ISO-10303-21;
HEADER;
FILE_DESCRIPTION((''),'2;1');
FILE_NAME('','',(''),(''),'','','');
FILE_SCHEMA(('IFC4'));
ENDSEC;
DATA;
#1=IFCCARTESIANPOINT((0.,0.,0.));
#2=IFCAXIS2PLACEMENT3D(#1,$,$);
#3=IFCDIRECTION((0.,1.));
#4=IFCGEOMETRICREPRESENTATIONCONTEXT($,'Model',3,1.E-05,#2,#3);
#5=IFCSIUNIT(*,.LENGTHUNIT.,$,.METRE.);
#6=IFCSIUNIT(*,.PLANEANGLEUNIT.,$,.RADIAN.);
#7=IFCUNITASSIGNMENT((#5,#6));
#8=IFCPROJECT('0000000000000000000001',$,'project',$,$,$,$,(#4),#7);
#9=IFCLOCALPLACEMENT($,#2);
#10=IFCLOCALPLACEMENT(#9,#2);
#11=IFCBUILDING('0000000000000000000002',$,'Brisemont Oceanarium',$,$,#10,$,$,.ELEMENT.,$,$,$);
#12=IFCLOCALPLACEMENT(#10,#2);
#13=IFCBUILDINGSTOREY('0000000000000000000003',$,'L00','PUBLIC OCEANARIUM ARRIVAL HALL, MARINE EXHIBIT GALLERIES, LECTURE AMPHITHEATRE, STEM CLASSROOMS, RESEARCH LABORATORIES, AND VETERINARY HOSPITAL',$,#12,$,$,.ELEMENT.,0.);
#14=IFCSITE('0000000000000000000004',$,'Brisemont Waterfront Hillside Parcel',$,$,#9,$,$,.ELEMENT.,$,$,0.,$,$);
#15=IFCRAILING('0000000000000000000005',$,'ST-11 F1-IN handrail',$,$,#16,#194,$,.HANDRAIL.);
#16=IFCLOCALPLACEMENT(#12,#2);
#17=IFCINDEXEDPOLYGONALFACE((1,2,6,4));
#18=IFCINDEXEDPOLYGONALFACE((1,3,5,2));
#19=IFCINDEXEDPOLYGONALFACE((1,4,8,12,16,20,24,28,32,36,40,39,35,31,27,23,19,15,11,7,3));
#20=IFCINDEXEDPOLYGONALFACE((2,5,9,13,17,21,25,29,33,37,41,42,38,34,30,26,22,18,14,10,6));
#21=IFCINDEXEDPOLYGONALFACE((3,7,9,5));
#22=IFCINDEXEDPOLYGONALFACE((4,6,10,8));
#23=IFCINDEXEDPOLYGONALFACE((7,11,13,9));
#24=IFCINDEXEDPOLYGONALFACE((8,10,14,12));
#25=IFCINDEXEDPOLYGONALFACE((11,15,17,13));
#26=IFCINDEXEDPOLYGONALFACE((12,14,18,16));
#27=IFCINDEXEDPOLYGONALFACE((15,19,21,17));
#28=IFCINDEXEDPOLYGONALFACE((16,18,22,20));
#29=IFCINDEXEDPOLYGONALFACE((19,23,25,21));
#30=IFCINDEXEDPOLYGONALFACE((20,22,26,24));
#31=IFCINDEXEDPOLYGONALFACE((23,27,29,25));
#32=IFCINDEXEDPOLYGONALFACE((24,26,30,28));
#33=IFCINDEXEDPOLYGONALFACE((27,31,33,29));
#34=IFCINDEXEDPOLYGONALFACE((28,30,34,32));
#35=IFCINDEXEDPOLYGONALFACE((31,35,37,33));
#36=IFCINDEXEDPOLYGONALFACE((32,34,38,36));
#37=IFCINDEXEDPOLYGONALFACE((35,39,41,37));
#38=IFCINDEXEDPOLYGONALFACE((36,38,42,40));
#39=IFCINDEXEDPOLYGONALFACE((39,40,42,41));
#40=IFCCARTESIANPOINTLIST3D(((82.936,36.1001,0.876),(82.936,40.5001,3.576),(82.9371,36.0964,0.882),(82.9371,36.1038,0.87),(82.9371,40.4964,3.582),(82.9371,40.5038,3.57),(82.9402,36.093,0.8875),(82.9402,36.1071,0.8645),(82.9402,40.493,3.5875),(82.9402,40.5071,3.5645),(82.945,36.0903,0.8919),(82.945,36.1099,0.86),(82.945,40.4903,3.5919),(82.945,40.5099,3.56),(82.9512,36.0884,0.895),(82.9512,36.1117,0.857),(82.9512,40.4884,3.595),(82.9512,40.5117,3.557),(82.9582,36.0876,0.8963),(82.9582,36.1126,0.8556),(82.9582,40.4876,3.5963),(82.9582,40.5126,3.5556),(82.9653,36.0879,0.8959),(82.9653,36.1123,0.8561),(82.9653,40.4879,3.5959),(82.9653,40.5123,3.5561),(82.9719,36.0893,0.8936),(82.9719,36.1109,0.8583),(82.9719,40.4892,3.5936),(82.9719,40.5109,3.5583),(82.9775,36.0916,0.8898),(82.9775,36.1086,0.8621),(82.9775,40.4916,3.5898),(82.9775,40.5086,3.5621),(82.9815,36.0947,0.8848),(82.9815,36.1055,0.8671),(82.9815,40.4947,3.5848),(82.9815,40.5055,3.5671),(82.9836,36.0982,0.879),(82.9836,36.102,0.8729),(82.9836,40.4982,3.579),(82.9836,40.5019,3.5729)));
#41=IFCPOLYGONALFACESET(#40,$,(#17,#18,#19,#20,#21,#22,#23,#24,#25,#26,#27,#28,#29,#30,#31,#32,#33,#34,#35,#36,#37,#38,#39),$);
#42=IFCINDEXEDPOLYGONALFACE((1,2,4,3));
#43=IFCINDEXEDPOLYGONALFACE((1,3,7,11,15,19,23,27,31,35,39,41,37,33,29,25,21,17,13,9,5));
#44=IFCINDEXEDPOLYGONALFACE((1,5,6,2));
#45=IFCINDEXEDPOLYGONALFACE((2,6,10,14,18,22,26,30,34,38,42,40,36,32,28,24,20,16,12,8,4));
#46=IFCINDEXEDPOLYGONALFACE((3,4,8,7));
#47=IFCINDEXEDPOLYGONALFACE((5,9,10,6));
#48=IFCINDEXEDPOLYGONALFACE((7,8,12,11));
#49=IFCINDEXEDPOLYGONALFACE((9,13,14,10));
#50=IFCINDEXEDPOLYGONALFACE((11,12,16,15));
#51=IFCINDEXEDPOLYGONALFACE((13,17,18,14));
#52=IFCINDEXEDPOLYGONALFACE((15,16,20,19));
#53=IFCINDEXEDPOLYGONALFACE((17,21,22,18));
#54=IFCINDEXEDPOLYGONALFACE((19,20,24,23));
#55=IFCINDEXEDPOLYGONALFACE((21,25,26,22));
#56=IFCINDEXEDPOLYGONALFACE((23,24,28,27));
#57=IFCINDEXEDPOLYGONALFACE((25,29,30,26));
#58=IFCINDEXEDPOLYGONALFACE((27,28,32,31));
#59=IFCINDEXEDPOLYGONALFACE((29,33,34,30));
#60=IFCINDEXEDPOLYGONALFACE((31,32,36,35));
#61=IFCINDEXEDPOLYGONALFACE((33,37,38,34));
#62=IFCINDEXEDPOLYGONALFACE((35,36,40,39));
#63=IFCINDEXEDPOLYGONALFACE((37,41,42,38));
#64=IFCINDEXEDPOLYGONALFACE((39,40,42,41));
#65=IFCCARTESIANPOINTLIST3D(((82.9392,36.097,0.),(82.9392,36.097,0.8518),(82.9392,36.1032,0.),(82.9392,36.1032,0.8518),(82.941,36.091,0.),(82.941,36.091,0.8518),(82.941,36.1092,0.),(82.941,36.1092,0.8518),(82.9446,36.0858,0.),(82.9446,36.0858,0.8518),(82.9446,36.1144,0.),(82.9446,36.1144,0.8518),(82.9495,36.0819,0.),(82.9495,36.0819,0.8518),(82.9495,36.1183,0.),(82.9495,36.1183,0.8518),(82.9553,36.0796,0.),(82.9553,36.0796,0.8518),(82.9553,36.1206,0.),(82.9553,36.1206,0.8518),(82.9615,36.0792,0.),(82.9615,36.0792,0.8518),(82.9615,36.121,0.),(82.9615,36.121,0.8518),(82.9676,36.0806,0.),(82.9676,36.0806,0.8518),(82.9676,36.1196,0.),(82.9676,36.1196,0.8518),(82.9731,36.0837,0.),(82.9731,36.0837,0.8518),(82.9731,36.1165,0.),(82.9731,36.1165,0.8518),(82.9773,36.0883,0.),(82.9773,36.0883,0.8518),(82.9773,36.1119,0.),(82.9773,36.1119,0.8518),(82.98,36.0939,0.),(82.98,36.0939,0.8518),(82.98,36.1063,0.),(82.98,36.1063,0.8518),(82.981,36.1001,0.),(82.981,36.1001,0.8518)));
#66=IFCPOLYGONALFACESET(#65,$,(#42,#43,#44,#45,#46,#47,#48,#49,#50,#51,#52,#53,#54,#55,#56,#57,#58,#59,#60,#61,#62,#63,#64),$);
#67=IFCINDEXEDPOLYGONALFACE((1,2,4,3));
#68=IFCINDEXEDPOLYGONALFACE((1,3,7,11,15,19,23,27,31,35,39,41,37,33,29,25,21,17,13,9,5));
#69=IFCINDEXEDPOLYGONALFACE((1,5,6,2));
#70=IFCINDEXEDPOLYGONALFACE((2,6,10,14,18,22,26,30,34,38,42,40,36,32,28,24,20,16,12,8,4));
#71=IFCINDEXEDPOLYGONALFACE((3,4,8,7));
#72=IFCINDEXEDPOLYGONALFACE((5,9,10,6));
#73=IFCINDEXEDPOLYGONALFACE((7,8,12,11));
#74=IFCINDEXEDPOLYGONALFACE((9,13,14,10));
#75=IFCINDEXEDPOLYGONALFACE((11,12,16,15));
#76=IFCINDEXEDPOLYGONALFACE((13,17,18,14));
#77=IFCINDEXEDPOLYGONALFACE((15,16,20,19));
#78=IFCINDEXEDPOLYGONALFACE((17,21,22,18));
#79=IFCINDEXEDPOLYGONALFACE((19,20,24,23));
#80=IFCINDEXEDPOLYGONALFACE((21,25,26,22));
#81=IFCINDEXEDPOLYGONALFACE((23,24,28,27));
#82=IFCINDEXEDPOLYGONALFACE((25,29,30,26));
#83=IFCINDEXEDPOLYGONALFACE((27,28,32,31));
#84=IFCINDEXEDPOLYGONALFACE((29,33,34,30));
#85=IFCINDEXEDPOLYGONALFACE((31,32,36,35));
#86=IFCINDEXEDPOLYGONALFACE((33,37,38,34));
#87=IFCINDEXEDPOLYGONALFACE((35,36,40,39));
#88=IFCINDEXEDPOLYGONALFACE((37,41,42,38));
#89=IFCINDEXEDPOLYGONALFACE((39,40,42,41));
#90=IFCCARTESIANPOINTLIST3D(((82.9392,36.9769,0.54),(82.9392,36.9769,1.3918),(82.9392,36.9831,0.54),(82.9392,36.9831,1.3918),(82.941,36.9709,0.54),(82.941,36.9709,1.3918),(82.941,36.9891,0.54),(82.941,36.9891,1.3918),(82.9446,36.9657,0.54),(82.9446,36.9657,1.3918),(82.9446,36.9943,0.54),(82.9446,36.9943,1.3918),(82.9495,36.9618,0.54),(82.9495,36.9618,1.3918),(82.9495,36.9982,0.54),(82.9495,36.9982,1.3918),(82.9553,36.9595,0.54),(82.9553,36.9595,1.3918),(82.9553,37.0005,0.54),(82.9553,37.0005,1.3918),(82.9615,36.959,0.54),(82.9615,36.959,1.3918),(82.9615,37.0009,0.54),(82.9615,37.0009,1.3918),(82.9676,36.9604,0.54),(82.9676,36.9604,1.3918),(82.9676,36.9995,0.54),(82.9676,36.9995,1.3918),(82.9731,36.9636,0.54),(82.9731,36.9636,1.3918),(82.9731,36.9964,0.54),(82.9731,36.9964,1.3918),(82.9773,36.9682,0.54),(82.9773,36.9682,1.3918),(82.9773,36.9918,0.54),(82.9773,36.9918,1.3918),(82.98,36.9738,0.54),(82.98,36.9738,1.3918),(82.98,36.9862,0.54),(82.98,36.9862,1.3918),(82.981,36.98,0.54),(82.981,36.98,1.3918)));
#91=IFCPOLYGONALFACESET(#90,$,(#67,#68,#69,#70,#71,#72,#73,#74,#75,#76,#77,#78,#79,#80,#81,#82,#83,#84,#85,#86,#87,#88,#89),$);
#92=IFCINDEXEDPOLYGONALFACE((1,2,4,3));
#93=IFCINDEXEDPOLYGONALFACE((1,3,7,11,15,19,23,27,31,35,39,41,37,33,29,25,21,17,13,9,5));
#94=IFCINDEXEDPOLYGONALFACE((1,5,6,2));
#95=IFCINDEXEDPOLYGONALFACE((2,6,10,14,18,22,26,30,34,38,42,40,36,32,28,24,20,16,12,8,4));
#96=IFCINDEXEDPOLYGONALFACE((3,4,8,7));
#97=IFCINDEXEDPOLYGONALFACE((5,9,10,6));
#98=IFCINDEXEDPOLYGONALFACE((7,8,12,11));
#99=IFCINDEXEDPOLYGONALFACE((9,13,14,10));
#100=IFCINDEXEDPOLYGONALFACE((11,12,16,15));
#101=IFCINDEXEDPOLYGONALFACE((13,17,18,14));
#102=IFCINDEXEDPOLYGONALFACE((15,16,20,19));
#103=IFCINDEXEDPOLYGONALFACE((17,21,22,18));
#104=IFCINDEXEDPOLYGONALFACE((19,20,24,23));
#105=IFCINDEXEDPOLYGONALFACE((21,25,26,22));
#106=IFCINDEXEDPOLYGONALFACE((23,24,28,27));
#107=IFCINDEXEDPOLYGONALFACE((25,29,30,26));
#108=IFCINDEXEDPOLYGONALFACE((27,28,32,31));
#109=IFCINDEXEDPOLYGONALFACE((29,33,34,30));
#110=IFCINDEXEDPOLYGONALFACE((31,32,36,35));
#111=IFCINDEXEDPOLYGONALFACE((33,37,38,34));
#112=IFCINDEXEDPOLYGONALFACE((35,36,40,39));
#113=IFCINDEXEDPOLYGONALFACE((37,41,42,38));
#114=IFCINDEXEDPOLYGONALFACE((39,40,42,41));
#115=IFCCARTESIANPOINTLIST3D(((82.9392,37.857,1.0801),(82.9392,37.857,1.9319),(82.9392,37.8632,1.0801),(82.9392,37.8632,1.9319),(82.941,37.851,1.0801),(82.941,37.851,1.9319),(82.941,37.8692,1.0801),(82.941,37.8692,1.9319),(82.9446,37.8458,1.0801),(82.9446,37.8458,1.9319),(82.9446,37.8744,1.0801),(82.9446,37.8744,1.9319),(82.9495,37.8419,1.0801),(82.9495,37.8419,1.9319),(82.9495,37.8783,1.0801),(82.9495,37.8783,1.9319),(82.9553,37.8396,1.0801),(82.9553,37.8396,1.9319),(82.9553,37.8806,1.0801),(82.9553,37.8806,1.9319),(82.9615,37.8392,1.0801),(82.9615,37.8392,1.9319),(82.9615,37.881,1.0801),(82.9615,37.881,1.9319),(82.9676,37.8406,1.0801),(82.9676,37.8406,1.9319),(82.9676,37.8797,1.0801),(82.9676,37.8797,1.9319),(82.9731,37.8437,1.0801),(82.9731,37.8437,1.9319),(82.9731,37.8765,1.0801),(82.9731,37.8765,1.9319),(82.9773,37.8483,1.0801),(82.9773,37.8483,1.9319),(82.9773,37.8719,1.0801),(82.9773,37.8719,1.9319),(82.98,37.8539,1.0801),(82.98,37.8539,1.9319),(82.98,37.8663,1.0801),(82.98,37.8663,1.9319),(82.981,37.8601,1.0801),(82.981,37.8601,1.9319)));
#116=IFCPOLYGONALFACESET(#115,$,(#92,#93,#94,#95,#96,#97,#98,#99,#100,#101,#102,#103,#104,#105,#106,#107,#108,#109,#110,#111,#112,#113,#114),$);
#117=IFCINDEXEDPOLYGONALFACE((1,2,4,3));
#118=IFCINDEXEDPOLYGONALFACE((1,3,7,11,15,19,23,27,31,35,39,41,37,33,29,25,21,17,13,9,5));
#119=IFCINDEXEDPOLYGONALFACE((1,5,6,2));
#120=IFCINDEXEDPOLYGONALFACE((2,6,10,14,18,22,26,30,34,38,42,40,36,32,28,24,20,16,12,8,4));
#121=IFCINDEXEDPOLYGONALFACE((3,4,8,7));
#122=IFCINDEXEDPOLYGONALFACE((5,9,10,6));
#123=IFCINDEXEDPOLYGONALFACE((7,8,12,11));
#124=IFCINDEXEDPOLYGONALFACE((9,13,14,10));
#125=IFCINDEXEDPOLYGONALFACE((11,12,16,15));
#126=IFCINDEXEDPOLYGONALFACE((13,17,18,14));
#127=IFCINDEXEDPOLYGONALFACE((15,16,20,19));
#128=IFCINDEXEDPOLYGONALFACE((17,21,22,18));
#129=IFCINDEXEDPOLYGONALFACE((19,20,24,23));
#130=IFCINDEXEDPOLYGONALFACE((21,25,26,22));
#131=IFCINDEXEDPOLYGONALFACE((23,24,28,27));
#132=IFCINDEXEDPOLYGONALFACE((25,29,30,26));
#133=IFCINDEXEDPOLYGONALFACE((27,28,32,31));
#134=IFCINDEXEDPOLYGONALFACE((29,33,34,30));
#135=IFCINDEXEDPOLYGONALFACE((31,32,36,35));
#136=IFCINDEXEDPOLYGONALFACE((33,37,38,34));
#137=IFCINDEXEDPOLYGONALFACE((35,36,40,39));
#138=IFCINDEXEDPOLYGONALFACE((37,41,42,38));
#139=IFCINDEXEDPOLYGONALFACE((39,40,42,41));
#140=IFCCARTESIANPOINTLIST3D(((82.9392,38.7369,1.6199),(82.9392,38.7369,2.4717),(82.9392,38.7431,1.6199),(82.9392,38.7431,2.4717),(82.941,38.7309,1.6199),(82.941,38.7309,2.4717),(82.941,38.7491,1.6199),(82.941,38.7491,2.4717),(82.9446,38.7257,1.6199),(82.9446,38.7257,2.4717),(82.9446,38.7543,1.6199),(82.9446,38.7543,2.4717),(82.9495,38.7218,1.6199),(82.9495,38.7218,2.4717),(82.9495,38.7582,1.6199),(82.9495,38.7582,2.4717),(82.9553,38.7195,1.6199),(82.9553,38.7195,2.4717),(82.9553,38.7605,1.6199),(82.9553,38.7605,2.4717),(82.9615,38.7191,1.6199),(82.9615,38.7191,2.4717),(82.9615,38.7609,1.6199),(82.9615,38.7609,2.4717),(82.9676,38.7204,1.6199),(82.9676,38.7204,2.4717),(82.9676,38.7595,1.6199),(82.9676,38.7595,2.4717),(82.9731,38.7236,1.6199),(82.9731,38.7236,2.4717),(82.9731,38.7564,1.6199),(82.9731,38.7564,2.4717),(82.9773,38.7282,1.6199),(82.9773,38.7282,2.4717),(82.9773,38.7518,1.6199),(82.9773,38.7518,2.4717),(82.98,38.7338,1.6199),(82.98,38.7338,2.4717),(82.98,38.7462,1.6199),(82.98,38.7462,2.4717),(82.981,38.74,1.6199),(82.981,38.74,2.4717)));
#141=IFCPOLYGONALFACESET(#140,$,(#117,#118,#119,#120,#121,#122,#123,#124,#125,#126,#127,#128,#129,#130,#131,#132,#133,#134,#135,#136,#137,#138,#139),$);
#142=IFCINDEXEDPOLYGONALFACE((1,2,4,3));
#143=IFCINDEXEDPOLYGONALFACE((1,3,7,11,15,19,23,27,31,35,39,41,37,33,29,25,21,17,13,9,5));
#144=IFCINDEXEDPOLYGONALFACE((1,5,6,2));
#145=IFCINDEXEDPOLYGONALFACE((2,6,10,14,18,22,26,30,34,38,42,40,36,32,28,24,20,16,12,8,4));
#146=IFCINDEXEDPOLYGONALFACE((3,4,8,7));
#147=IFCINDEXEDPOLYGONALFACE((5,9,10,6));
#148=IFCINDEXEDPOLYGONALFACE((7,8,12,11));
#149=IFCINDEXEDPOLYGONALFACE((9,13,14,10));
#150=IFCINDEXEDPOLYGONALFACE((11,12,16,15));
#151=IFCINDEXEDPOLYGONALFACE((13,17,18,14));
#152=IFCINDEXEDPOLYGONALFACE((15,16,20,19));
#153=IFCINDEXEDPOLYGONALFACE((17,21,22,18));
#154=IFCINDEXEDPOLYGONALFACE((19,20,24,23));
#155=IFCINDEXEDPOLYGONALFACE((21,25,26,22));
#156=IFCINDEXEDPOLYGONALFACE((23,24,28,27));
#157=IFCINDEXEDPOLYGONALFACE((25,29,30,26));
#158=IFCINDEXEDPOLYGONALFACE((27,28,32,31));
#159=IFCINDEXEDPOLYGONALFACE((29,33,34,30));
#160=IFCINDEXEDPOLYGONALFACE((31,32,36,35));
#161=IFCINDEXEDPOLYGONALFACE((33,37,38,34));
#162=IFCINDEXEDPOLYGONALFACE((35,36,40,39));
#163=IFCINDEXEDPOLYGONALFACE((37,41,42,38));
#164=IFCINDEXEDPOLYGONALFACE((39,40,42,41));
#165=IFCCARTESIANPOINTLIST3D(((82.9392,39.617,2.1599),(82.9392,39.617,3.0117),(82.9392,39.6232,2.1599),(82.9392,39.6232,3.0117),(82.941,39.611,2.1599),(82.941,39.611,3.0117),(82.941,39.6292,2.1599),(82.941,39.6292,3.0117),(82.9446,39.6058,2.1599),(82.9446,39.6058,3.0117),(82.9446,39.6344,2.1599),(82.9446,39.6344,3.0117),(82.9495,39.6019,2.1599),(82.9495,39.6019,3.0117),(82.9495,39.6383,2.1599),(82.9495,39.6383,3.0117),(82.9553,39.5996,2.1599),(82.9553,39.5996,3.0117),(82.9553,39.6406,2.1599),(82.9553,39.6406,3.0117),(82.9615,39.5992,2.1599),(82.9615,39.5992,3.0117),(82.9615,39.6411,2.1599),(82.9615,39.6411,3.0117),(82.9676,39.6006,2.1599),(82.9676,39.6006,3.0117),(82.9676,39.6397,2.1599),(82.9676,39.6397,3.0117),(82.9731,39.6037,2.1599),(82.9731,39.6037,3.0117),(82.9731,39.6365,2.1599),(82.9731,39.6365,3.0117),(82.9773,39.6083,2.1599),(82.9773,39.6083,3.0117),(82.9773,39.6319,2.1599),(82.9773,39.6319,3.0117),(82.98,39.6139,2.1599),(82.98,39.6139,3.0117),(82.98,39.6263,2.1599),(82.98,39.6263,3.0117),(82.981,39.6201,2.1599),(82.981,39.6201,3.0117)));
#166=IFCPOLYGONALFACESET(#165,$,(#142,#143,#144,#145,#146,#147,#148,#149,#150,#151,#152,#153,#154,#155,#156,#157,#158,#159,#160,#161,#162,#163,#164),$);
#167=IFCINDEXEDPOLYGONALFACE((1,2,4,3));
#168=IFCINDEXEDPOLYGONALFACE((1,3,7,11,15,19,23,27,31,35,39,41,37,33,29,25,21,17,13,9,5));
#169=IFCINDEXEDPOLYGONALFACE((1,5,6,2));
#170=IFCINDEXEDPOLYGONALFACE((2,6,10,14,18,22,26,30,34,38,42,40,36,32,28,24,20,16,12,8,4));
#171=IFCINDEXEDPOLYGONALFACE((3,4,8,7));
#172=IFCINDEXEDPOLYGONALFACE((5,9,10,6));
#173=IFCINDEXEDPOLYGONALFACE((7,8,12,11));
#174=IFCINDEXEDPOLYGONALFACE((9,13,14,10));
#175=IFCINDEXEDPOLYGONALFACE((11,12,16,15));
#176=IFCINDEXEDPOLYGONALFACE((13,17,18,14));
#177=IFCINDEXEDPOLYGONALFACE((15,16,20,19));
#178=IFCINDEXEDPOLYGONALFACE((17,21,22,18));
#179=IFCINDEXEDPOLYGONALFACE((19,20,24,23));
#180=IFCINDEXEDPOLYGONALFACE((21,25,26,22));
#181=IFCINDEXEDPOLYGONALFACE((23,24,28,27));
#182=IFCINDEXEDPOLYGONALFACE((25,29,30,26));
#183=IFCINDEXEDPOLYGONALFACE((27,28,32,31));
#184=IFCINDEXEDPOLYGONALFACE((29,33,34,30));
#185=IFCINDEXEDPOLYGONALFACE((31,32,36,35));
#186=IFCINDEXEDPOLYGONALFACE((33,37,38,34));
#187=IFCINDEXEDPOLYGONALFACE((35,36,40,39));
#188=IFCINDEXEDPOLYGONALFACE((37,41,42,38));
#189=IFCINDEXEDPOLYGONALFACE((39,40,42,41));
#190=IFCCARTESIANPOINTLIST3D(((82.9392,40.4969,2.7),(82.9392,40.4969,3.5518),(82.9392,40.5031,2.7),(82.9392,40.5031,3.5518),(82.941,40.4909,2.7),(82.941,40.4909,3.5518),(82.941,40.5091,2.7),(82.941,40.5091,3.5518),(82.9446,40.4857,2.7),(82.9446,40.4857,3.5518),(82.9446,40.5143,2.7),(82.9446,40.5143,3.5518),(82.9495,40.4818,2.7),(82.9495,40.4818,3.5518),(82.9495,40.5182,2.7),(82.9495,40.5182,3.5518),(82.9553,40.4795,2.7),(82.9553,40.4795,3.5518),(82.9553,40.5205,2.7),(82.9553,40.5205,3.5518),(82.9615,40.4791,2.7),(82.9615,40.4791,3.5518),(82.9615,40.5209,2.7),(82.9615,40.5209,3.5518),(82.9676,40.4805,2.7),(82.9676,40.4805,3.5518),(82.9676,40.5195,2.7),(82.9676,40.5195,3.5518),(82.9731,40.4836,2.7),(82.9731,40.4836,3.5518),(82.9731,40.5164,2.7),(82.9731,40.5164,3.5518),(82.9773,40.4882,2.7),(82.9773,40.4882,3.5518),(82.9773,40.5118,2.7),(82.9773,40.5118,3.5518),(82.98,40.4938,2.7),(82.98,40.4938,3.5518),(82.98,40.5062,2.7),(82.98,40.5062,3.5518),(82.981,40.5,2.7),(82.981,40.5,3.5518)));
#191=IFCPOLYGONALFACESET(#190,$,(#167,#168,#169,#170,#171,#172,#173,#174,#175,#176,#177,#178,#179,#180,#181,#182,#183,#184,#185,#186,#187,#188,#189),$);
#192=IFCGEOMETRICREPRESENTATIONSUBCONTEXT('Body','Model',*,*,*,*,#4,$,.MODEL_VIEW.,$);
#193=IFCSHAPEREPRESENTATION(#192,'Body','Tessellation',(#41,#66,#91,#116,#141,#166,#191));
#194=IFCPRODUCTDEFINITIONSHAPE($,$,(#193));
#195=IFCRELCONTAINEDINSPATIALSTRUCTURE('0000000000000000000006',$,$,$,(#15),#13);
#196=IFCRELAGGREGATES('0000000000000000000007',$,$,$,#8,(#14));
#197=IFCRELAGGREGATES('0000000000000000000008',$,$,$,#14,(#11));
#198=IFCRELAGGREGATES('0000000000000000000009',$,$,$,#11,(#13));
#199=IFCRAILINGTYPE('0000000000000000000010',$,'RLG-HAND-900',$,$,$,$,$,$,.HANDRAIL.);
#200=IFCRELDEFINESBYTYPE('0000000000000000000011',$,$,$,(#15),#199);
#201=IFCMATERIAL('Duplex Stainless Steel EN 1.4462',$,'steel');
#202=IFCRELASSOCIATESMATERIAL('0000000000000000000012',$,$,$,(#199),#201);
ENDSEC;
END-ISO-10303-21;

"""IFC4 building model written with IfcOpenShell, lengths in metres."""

from ifc_helpers import new_model, si_unit, direction, frame, origin, origin_2d, place, context, subcontext, project, spatial, circle, extrude, material, type_object, element, save


model = new_model("IFC4")

# Units and contexts
model_context = context("Model", 3, precision=1e-05, world=origin(), true_north=direction((0.0, 1.0)))
body_context = subcontext(model_context, "Body", "Model", "MODEL_VIEW")
ifc_project = project(units=[si_unit("LENGTHUNIT", "METRE"), si_unit("PLANEANGLEUNIT", "RADIAN")], contexts=[model_context])

# Site, building, storey
site_placement = place(None, origin())
site = spatial("IfcSite", under=ifc_project, at=site_placement, Name="Brisemont Waterfront Hillside Parcel", CompositionType="ELEMENT", RefElevation=0.0)
building_placement = place(site_placement, origin())
building = spatial("IfcBuilding", under=site, at=building_placement, Name="Brisemont Oceanarium", CompositionType="ELEMENT")
storey_placement = place(building_placement, origin())
storey = spatial("IfcBuildingStorey", under=building, at=storey_placement, Name="L00", Description="PUBLIC OCEANARIUM ARRIVAL HALL, MARINE EXHIBIT GALLERIES, LECTURE AMPHITHEATRE, STEM CLASSROOMS, RESEARCH LABORATORIES, AND VETERINARY HOSPITAL", CompositionType="ELEMENT", Elevation=0.0)

# Railing
ifc_material_1 = material(Name="Duplex Stainless Steel EN 1.4462", Category="steel")
railing_type_1 = type_object("IfcRailingType", Name="RLG-HAND-900", PredefinedType="HANDRAIL", material=ifc_material_1)
railing_1_placement = place(storey_placement, frame((82.96, 36.1001, 0.0)))
element("IfcRailing", 1, at=railing_1_placement, inside=storey, type_object=railing_type_1, Name="ST-11 F1-IN handrail", PredefinedType="HANDRAIL", context=body_context, shape_type="SweptSolid", body=[
    extrude(circle(Radius=0.0239, at=origin_2d()), frame((0.0, 0.0, 0.876), z_axis=(0.0, 0.852322, 0.523018), x_axis=(-1.0, 0.0, 0.0)), (0.0, 0.0, 1.0), 5.1624),
    extrude(circle(Radius=0.021, at=origin_2d()), origin(), (0.0, 0.0, 1.0), 0.8518),
    extrude(circle(Radius=0.021, at=origin_2d()), frame((0.0, 0.8799, 0.54)), (0.0, 0.0, 1.0), 0.8518),
    extrude(circle(Radius=0.021, at=origin_2d()), frame((0.0, 1.76, 1.0801)), (0.0, 0.0, 1.0), 0.8518),
    extrude(circle(Radius=0.021, at=origin_2d()), frame((0.0, 2.6399, 1.6199)), (0.0, 0.0, 1.0), 0.8518),
    extrude(circle(Radius=0.021, at=origin_2d()), frame((0.0, 3.52, 2.1599)), (0.0, 0.0, 1.0), 0.8518),
    extrude(circle(Radius=0.021, at=origin_2d()), frame((0.0, 4.3999, 2.7)), (0.0, 0.0, 1.0), 0.8518),
])

save(model, "model.ifc")
